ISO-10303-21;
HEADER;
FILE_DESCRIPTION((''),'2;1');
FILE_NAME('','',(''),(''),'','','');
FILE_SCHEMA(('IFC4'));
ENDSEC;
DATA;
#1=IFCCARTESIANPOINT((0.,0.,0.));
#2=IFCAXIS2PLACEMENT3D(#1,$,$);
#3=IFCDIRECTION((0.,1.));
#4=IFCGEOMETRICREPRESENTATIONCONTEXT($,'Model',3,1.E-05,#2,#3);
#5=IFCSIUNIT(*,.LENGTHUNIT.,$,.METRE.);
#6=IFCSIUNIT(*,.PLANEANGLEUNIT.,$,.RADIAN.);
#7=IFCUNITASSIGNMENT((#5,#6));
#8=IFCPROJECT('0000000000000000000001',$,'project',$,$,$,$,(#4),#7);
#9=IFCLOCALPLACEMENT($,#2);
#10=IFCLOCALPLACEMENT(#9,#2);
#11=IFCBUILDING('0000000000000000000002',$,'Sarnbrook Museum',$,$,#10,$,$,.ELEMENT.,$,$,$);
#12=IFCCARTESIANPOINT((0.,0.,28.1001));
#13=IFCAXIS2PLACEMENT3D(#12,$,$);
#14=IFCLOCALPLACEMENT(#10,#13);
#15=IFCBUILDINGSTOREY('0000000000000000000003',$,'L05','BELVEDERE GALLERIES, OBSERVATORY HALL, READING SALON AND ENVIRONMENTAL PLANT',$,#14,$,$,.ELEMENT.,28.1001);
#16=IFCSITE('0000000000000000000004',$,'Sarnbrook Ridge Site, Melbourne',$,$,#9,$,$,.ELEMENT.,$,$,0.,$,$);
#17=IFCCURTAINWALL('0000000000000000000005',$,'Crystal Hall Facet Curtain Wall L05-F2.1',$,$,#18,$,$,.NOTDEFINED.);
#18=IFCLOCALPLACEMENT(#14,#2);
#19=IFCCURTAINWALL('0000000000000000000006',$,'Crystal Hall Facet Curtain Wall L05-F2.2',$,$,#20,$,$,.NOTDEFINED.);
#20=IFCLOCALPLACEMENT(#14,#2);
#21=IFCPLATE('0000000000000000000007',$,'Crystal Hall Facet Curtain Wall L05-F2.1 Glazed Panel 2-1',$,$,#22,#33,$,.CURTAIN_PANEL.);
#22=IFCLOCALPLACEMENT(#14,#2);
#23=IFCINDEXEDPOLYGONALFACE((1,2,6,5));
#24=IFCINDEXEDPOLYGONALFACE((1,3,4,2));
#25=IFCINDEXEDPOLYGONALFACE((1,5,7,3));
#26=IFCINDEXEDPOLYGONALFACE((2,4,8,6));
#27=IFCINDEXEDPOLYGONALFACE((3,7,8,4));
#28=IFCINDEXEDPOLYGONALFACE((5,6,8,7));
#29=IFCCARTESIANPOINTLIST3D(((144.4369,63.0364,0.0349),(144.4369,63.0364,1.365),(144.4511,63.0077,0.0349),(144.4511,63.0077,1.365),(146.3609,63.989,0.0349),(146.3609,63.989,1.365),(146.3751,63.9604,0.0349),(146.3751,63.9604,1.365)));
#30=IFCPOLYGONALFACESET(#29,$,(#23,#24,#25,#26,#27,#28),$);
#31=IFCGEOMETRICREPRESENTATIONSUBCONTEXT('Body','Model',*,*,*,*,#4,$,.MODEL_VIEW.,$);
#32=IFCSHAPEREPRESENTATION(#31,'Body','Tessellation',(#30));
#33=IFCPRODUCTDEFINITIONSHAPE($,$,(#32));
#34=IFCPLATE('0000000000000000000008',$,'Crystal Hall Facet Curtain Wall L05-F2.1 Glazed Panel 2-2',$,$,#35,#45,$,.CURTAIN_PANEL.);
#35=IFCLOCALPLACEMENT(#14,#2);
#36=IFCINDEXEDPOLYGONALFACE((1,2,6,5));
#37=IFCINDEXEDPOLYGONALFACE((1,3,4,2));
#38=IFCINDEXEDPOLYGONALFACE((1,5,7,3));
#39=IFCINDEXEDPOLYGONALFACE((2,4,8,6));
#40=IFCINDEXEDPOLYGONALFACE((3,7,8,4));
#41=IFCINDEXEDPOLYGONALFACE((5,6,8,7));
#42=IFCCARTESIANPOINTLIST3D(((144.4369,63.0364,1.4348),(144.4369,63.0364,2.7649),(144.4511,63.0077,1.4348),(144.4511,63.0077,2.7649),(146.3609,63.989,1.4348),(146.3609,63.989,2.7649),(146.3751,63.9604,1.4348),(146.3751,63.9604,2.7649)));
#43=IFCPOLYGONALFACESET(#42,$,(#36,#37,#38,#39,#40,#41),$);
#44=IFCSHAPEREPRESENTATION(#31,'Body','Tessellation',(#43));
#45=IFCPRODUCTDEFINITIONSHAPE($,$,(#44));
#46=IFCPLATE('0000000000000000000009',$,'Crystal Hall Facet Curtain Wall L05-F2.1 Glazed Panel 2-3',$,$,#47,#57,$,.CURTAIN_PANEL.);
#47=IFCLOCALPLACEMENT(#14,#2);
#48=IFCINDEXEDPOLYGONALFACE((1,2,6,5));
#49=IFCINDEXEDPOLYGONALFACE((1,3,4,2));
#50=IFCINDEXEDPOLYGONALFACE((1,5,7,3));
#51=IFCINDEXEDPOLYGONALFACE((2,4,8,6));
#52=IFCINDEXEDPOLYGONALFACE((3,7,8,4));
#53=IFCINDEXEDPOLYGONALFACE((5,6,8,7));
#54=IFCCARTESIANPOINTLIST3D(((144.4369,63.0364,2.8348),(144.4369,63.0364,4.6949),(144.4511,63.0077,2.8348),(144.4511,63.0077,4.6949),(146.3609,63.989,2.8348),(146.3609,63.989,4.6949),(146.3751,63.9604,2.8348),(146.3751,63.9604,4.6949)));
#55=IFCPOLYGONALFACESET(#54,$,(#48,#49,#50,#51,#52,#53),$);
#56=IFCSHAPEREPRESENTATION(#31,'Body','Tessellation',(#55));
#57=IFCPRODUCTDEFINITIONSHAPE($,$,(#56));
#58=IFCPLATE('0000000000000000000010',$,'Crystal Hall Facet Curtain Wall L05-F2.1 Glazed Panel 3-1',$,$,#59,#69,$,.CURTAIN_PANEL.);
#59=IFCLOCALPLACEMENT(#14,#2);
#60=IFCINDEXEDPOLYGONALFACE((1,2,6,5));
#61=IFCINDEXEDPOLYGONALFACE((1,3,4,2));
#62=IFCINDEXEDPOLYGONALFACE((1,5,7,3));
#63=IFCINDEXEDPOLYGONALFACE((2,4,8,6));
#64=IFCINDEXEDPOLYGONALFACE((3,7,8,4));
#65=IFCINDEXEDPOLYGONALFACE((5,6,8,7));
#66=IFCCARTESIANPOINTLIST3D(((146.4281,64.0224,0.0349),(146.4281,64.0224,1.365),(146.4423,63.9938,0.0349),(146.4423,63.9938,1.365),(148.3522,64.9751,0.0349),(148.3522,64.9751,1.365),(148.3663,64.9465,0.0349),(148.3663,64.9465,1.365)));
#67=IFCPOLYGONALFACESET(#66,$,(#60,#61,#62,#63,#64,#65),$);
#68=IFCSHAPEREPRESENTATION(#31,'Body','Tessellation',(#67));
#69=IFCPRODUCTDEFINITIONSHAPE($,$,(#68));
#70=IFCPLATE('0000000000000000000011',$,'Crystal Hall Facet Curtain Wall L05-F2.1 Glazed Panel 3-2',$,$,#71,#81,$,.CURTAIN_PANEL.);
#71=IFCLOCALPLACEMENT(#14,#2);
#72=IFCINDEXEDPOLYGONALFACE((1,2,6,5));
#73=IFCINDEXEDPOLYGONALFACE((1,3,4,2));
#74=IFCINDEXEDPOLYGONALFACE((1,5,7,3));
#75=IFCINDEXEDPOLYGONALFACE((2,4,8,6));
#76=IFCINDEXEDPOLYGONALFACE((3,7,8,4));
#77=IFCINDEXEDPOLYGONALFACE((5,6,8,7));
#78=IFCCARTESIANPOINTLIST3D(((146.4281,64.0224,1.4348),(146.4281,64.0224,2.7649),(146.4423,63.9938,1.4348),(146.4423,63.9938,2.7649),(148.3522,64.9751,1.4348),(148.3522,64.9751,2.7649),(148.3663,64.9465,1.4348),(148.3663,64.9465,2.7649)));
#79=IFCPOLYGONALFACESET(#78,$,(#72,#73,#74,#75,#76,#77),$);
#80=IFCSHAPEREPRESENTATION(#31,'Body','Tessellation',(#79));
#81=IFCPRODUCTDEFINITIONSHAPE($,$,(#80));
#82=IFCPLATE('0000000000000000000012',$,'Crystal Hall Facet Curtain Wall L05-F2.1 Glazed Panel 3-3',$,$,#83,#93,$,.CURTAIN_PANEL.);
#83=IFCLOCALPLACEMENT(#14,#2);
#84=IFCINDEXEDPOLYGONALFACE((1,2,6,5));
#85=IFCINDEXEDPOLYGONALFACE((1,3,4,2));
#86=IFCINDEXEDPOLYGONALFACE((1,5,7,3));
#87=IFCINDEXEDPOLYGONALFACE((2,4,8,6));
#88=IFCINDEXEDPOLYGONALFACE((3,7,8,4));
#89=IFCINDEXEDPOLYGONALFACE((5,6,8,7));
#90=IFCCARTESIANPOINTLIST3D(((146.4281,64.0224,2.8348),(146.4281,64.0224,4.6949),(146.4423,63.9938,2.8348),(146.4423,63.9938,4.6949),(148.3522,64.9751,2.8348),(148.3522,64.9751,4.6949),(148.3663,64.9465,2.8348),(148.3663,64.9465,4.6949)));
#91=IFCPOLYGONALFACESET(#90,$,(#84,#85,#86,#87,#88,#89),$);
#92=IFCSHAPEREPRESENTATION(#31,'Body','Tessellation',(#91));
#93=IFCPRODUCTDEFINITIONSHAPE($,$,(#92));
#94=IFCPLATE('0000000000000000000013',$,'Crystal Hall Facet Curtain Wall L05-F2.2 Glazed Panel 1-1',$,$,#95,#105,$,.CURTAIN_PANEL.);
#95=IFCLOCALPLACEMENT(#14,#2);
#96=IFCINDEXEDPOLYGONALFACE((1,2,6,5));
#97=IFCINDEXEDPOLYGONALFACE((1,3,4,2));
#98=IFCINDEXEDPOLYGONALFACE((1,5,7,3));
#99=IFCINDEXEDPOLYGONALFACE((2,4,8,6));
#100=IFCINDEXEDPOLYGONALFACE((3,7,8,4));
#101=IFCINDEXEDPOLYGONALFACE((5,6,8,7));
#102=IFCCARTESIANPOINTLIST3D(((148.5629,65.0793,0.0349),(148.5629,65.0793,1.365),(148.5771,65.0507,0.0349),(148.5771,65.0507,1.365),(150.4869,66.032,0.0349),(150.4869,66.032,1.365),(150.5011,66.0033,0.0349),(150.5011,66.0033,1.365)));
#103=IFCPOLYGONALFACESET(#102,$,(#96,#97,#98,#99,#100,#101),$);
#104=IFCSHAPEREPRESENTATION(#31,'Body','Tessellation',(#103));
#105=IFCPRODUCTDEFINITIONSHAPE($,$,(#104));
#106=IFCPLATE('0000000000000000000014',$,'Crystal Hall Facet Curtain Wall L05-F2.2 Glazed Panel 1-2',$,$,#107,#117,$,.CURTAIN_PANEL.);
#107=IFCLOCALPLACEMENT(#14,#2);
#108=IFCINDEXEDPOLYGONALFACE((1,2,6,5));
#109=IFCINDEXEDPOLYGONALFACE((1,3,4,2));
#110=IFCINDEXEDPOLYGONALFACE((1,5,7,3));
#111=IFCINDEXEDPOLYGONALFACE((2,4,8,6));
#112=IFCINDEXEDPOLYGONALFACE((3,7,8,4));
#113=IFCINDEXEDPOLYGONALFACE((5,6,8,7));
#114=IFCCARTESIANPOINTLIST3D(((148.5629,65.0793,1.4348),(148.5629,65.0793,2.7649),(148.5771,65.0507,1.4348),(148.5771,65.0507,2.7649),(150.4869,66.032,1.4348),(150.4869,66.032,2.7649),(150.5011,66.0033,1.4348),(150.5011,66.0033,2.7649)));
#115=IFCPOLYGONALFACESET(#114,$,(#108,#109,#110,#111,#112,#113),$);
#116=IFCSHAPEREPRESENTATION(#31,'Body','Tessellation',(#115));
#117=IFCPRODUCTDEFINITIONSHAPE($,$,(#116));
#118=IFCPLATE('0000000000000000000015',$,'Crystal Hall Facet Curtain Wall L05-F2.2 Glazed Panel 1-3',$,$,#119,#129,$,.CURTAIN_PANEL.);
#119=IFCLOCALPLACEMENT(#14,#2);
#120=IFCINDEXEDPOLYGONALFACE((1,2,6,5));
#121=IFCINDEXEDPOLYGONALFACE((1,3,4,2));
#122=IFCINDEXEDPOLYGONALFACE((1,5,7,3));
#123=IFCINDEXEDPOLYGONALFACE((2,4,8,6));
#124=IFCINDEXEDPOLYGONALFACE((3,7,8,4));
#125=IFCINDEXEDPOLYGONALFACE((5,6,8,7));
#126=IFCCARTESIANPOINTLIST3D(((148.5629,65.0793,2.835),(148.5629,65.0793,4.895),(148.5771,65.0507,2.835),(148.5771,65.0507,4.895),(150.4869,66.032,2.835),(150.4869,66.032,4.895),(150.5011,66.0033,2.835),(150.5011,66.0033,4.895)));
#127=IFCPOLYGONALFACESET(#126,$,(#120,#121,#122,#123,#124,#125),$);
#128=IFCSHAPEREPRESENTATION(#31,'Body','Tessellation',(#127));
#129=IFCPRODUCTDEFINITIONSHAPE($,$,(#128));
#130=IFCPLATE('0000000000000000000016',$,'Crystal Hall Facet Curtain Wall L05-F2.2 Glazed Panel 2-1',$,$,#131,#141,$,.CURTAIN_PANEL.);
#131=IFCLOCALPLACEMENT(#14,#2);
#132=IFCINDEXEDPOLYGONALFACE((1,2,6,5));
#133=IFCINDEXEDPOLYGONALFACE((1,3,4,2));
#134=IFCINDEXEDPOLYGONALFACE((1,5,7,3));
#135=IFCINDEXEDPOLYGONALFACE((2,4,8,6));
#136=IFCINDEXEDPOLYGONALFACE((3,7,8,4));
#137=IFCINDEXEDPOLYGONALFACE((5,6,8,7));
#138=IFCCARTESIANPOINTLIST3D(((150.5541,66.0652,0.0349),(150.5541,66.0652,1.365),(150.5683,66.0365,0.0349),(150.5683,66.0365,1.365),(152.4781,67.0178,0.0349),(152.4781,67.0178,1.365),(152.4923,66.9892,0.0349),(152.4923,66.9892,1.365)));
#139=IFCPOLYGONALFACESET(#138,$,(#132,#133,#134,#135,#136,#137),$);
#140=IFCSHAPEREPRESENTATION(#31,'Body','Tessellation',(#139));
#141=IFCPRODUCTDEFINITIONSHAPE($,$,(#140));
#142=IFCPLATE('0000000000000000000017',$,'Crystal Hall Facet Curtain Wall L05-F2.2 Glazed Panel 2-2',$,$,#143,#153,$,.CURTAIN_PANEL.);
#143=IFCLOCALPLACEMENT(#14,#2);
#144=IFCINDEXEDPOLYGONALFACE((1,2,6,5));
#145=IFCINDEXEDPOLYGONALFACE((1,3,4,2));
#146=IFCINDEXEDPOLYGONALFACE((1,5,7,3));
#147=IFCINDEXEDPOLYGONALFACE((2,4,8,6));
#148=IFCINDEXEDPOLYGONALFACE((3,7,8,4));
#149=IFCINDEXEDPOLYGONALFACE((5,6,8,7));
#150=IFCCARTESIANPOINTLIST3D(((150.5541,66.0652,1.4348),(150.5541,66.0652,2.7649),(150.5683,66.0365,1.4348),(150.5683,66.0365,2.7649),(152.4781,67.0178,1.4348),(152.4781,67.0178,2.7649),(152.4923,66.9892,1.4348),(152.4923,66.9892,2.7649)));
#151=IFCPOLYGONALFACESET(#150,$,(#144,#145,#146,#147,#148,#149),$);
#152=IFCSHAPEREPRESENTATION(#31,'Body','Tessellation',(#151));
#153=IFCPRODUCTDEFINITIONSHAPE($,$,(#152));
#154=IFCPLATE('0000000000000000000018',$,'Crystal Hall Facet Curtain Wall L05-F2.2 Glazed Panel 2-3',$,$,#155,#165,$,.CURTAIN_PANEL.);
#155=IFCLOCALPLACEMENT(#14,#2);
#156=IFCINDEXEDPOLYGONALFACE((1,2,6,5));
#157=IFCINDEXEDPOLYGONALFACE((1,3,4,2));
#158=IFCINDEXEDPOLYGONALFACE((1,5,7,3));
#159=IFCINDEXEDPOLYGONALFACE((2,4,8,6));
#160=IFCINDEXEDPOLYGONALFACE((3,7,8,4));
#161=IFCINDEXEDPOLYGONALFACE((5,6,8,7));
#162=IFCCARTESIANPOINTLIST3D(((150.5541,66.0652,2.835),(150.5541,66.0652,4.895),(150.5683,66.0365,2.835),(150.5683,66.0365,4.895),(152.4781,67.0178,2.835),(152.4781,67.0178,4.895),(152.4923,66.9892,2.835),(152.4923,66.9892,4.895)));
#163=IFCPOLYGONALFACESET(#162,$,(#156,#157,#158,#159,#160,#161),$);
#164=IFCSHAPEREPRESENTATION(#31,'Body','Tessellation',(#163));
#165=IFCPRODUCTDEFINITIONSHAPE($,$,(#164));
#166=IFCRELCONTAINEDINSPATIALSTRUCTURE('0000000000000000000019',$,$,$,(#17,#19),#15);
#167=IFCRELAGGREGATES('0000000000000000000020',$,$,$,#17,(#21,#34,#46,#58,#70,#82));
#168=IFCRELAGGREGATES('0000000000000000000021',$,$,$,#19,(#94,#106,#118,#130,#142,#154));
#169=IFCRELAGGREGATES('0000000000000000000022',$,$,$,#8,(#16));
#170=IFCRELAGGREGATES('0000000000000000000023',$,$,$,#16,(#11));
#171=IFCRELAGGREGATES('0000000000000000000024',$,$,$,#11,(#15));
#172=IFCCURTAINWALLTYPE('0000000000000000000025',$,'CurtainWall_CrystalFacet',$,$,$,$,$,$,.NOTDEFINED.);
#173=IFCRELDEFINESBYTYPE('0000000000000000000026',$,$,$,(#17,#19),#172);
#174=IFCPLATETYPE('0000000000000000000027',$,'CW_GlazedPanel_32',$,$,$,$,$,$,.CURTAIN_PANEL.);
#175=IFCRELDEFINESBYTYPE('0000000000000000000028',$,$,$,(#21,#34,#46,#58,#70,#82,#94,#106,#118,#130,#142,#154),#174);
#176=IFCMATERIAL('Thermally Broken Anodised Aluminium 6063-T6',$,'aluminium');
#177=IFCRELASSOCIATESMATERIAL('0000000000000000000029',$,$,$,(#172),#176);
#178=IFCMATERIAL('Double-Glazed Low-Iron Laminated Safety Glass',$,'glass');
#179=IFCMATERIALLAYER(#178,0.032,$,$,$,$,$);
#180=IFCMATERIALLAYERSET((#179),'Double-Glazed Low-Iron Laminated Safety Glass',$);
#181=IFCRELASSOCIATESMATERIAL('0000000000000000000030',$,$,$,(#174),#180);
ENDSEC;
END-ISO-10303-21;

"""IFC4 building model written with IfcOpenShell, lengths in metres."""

from ifc_helpers import new_model, si_unit, direction, frame, origin, origin_2d, place, context, subcontext, project, spatial, rectangle, extrude, material, layer, layer_set, type_object, element, aggregate, save


model = new_model("IFC4")

# Units and contexts
model_context = context("Model", 3, precision=1e-05, world=origin(), true_north=direction((0.0, 1.0)))
body_context = subcontext(model_context, "Body", "Model", "MODEL_VIEW")
ifc_project = project(units=[si_unit("LENGTHUNIT", "METRE"), si_unit("PLANEANGLEUNIT", "RADIAN")], contexts=[model_context])

# Site, building, storey
site_placement = place(None, origin())
site = spatial("IfcSite", under=ifc_project, at=site_placement, Name="Sarnbrook Ridge Site, Melbourne", CompositionType="ELEMENT", RefElevation=0.0)
building_placement = place(site_placement, origin())
building = spatial("IfcBuilding", under=site, at=building_placement, Name="Sarnbrook Museum", CompositionType="ELEMENT")
storey_placement = place(building_placement, frame((0.0, 0.0, 28.1001)))
storey = spatial("IfcBuildingStorey", under=building, at=storey_placement, Name="L05", Description="BELVEDERE GALLERIES, OBSERVATORY HALL, READING SALON AND ENVIRONMENTAL PLANT", CompositionType="ELEMENT", Elevation=28.1001)

# Curtain walls
ifc_material_1 = material(Name="Thermally Broken Anodised Aluminium 6063-T6", Category="aluminium")
curtain_wall_type = type_object("IfcCurtainWallType", Name="CurtainWall_CrystalFacet", PredefinedType="NOTDEFINED", material=ifc_material_1)
curtain_wall_1_placement = place(storey_placement, origin())
curtain_wall_1 = element("IfcCurtainWall", 1, at=curtain_wall_1_placement, inside=storey, type_object=curtain_wall_type, Name="Crystal Hall Facet Curtain Wall L05-F2.1", PredefinedType="NOTDEFINED")
curtain_wall_2_placement = place(storey_placement, origin())
curtain_wall_2 = element("IfcCurtainWall", 2, at=curtain_wall_2_placement, inside=storey, type_object=curtain_wall_type, Name="Crystal Hall Facet Curtain Wall L05-F2.2", PredefinedType="NOTDEFINED")

# Plates
ifc_material_2 = material(Name="Double-Glazed Low-Iron Laminated Safety Glass", Category="glass")
ifc_layer = layer(ifc_material_2, 0.032)
ifc_layer_set = layer_set([ifc_layer], Name="Double-Glazed Low-Iron Laminated Safety Glass")
plate_type = type_object("IfcPlateType", Name="CW_GlazedPanel_32", PredefinedType="CURTAIN_PANEL", material=ifc_layer_set)
plate_1_placement = place(storey_placement, frame((145.3989, 63.5127, 0.7), z_axis=(0.443727, -0.896162, 0.0), x_axis=(0.896162, 0.443727, 0.0)))
plate_1 = element("IfcPlate", 3, at=plate_1_placement, type_object=plate_type, Name="Crystal Hall Facet Curtain Wall L05-F2.1 Glazed Panel 2-1", PredefinedType="CURTAIN_PANEL", context=body_context, shape_type="SweptSolid", body=[
    extrude(rectangle(XDim=2.147, YDim=1.3301, at=origin_2d()), origin(), (0.0, 0.0, 1.0), 0.032),
])
plate_2_placement = place(storey_placement, frame((145.3989, 63.5127, 2.0999), z_axis=(0.443727, -0.896162, 0.0), x_axis=(0.896162, 0.443727, 0.0)))
plate_2 = element("IfcPlate", 4, at=plate_2_placement, type_object=plate_type, Name="Crystal Hall Facet Curtain Wall L05-F2.1 Glazed Panel 2-2", PredefinedType="CURTAIN_PANEL", context=body_context, shape_type="SweptSolid", body=[
    extrude(rectangle(XDim=2.147, YDim=1.3301, at=origin_2d()), origin(), (0.0, 0.0, 1.0), 0.032),
])
plate_3_placement = place(storey_placement, frame((145.3989, 63.5127, 3.7649), z_axis=(0.443727, -0.896162, 0.0), x_axis=(0.896162, 0.443727, 0.0)))
plate_3 = element("IfcPlate", 5, at=plate_3_placement, type_object=plate_type, Name="Crystal Hall Facet Curtain Wall L05-F2.1 Glazed Panel 2-3", PredefinedType="CURTAIN_PANEL", context=body_context, shape_type="SweptSolid", body=[
    extrude(rectangle(XDim=2.147, YDim=1.8601, at=origin_2d()), origin(), (0.0, 0.0, 1.0), 0.032),
])
plate_4_placement = place(storey_placement, frame((147.3901, 64.4988, 0.7), z_axis=(0.443727, -0.896162, 0.0), x_axis=(0.896162, 0.443727, 0.0)))
plate_4 = element("IfcPlate", 6, at=plate_4_placement, type_object=plate_type, Name="Crystal Hall Facet Curtain Wall L05-F2.1 Glazed Panel 3-1", PredefinedType="CURTAIN_PANEL", context=body_context, shape_type="SweptSolid", body=[
    extrude(rectangle(XDim=2.147, YDim=1.3301, at=origin_2d()), origin(), (0.0, 0.0, 1.0), 0.032),
])
plate_5_placement = place(storey_placement, frame((147.3901, 64.4988, 2.0999), z_axis=(0.443727, -0.896162, 0.0), x_axis=(0.896162, 0.443727, 0.0)))
plate_5 = element("IfcPlate", 7, at=plate_5_placement, type_object=plate_type, Name="Crystal Hall Facet Curtain Wall L05-F2.1 Glazed Panel 3-2", PredefinedType="CURTAIN_PANEL", context=body_context, shape_type="SweptSolid", body=[
    extrude(rectangle(XDim=2.147, YDim=1.3301, at=origin_2d()), origin(), (0.0, 0.0, 1.0), 0.032),
])
plate_6_placement = place(storey_placement, frame((147.3901, 64.4988, 3.7649), z_axis=(0.443727, -0.896162, 0.0), x_axis=(0.896162, 0.443727, 0.0)))
plate_6 = element("IfcPlate", 8, at=plate_6_placement, type_object=plate_type, Name="Crystal Hall Facet Curtain Wall L05-F2.1 Glazed Panel 3-3", PredefinedType="CURTAIN_PANEL", context=body_context, shape_type="SweptSolid", body=[
    extrude(rectangle(XDim=2.147, YDim=1.8601, at=origin_2d()), origin(), (0.0, 0.0, 1.0), 0.032),
])
aggregate(curtain_wall_1, [plate_1, plate_2, plate_3, plate_4, plate_5, plate_6])
plate_7_placement = place(storey_placement, frame((149.5249, 65.5557, 0.7), z_axis=(0.443727, -0.896162, 0.0), x_axis=(0.896162, 0.443727, 0.0)))
plate_7 = element("IfcPlate", 9, at=plate_7_placement, type_object=plate_type, Name="Crystal Hall Facet Curtain Wall L05-F2.2 Glazed Panel 1-1", PredefinedType="CURTAIN_PANEL", context=body_context, shape_type="SweptSolid", body=[
    extrude(rectangle(XDim=2.147, YDim=1.3301, at=origin_2d()), origin(), (0.0, 0.0, 1.0), 0.032),
])
plate_8_placement = place(storey_placement, frame((149.5249, 65.5557, 2.0999), z_axis=(0.443727, -0.896162, 0.0), x_axis=(0.896162, 0.443727, 0.0)))
plate_8 = element("IfcPlate", 10, at=plate_8_placement, type_object=plate_type, Name="Crystal Hall Facet Curtain Wall L05-F2.2 Glazed Panel 1-2", PredefinedType="CURTAIN_PANEL", context=body_context, shape_type="SweptSolid", body=[
    extrude(rectangle(XDim=2.147, YDim=1.3301, at=origin_2d()), origin(), (0.0, 0.0, 1.0), 0.032),
])
plate_9_placement = place(storey_placement, frame((149.5249, 65.5557, 3.865), z_axis=(0.443727, -0.896162, 0.0), x_axis=(0.896162, 0.443727, 0.0)))
plate_9 = element("IfcPlate", 11, at=plate_9_placement, type_object=plate_type, Name="Crystal Hall Facet Curtain Wall L05-F2.2 Glazed Panel 1-3", PredefinedType="CURTAIN_PANEL", context=body_context, shape_type="SweptSolid", body=[
    extrude(rectangle(XDim=2.147, YDim=2.0601, at=origin_2d()), origin(), (0.0, 0.0, 1.0), 0.032),
])
plate_10_placement = place(storey_placement, frame((151.5161, 66.5415, 0.7), z_axis=(0.443727, -0.896162, 0.0), x_axis=(0.896162, 0.443727, 0.0)))
plate_10 = element("IfcPlate", 12, at=plate_10_placement, type_object=plate_type, Name="Crystal Hall Facet Curtain Wall L05-F2.2 Glazed Panel 2-1", PredefinedType="CURTAIN_PANEL", context=body_context, shape_type="SweptSolid", body=[
    extrude(rectangle(XDim=2.147, YDim=1.3301, at=origin_2d()), origin(), (0.0, 0.0, 1.0), 0.032),
])
plate_11_placement = place(storey_placement, frame((151.5161, 66.5415, 2.0999), z_axis=(0.443727, -0.896162, 0.0), x_axis=(0.896162, 0.443727, 0.0)))
plate_11 = element("IfcPlate", 13, at=plate_11_placement, type_object=plate_type, Name="Crystal Hall Facet Curtain Wall L05-F2.2 Glazed Panel 2-2", PredefinedType="CURTAIN_PANEL", context=body_context, shape_type="SweptSolid", body=[
    extrude(rectangle(XDim=2.147, YDim=1.3301, at=origin_2d()), origin(), (0.0, 0.0, 1.0), 0.032),
])
plate_12_placement = place(storey_placement, frame((151.5161, 66.5415, 3.865), z_axis=(0.443727, -0.896162, 0.0), x_axis=(0.896162, 0.443727, 0.0)))
plate_12 = element("IfcPlate", 14, at=plate_12_placement, type_object=plate_type, Name="Crystal Hall Facet Curtain Wall L05-F2.2 Glazed Panel 2-3", PredefinedType="CURTAIN_PANEL", context=body_context, shape_type="SweptSolid", body=[
    extrude(rectangle(XDim=2.147, YDim=2.0601, at=origin_2d()), origin(), (0.0, 0.0, 1.0), 0.032),
])
aggregate(curtain_wall_2, [plate_7, plate_8, plate_9, plate_10, plate_11, plate_12])

save(model, "model.ifc")
